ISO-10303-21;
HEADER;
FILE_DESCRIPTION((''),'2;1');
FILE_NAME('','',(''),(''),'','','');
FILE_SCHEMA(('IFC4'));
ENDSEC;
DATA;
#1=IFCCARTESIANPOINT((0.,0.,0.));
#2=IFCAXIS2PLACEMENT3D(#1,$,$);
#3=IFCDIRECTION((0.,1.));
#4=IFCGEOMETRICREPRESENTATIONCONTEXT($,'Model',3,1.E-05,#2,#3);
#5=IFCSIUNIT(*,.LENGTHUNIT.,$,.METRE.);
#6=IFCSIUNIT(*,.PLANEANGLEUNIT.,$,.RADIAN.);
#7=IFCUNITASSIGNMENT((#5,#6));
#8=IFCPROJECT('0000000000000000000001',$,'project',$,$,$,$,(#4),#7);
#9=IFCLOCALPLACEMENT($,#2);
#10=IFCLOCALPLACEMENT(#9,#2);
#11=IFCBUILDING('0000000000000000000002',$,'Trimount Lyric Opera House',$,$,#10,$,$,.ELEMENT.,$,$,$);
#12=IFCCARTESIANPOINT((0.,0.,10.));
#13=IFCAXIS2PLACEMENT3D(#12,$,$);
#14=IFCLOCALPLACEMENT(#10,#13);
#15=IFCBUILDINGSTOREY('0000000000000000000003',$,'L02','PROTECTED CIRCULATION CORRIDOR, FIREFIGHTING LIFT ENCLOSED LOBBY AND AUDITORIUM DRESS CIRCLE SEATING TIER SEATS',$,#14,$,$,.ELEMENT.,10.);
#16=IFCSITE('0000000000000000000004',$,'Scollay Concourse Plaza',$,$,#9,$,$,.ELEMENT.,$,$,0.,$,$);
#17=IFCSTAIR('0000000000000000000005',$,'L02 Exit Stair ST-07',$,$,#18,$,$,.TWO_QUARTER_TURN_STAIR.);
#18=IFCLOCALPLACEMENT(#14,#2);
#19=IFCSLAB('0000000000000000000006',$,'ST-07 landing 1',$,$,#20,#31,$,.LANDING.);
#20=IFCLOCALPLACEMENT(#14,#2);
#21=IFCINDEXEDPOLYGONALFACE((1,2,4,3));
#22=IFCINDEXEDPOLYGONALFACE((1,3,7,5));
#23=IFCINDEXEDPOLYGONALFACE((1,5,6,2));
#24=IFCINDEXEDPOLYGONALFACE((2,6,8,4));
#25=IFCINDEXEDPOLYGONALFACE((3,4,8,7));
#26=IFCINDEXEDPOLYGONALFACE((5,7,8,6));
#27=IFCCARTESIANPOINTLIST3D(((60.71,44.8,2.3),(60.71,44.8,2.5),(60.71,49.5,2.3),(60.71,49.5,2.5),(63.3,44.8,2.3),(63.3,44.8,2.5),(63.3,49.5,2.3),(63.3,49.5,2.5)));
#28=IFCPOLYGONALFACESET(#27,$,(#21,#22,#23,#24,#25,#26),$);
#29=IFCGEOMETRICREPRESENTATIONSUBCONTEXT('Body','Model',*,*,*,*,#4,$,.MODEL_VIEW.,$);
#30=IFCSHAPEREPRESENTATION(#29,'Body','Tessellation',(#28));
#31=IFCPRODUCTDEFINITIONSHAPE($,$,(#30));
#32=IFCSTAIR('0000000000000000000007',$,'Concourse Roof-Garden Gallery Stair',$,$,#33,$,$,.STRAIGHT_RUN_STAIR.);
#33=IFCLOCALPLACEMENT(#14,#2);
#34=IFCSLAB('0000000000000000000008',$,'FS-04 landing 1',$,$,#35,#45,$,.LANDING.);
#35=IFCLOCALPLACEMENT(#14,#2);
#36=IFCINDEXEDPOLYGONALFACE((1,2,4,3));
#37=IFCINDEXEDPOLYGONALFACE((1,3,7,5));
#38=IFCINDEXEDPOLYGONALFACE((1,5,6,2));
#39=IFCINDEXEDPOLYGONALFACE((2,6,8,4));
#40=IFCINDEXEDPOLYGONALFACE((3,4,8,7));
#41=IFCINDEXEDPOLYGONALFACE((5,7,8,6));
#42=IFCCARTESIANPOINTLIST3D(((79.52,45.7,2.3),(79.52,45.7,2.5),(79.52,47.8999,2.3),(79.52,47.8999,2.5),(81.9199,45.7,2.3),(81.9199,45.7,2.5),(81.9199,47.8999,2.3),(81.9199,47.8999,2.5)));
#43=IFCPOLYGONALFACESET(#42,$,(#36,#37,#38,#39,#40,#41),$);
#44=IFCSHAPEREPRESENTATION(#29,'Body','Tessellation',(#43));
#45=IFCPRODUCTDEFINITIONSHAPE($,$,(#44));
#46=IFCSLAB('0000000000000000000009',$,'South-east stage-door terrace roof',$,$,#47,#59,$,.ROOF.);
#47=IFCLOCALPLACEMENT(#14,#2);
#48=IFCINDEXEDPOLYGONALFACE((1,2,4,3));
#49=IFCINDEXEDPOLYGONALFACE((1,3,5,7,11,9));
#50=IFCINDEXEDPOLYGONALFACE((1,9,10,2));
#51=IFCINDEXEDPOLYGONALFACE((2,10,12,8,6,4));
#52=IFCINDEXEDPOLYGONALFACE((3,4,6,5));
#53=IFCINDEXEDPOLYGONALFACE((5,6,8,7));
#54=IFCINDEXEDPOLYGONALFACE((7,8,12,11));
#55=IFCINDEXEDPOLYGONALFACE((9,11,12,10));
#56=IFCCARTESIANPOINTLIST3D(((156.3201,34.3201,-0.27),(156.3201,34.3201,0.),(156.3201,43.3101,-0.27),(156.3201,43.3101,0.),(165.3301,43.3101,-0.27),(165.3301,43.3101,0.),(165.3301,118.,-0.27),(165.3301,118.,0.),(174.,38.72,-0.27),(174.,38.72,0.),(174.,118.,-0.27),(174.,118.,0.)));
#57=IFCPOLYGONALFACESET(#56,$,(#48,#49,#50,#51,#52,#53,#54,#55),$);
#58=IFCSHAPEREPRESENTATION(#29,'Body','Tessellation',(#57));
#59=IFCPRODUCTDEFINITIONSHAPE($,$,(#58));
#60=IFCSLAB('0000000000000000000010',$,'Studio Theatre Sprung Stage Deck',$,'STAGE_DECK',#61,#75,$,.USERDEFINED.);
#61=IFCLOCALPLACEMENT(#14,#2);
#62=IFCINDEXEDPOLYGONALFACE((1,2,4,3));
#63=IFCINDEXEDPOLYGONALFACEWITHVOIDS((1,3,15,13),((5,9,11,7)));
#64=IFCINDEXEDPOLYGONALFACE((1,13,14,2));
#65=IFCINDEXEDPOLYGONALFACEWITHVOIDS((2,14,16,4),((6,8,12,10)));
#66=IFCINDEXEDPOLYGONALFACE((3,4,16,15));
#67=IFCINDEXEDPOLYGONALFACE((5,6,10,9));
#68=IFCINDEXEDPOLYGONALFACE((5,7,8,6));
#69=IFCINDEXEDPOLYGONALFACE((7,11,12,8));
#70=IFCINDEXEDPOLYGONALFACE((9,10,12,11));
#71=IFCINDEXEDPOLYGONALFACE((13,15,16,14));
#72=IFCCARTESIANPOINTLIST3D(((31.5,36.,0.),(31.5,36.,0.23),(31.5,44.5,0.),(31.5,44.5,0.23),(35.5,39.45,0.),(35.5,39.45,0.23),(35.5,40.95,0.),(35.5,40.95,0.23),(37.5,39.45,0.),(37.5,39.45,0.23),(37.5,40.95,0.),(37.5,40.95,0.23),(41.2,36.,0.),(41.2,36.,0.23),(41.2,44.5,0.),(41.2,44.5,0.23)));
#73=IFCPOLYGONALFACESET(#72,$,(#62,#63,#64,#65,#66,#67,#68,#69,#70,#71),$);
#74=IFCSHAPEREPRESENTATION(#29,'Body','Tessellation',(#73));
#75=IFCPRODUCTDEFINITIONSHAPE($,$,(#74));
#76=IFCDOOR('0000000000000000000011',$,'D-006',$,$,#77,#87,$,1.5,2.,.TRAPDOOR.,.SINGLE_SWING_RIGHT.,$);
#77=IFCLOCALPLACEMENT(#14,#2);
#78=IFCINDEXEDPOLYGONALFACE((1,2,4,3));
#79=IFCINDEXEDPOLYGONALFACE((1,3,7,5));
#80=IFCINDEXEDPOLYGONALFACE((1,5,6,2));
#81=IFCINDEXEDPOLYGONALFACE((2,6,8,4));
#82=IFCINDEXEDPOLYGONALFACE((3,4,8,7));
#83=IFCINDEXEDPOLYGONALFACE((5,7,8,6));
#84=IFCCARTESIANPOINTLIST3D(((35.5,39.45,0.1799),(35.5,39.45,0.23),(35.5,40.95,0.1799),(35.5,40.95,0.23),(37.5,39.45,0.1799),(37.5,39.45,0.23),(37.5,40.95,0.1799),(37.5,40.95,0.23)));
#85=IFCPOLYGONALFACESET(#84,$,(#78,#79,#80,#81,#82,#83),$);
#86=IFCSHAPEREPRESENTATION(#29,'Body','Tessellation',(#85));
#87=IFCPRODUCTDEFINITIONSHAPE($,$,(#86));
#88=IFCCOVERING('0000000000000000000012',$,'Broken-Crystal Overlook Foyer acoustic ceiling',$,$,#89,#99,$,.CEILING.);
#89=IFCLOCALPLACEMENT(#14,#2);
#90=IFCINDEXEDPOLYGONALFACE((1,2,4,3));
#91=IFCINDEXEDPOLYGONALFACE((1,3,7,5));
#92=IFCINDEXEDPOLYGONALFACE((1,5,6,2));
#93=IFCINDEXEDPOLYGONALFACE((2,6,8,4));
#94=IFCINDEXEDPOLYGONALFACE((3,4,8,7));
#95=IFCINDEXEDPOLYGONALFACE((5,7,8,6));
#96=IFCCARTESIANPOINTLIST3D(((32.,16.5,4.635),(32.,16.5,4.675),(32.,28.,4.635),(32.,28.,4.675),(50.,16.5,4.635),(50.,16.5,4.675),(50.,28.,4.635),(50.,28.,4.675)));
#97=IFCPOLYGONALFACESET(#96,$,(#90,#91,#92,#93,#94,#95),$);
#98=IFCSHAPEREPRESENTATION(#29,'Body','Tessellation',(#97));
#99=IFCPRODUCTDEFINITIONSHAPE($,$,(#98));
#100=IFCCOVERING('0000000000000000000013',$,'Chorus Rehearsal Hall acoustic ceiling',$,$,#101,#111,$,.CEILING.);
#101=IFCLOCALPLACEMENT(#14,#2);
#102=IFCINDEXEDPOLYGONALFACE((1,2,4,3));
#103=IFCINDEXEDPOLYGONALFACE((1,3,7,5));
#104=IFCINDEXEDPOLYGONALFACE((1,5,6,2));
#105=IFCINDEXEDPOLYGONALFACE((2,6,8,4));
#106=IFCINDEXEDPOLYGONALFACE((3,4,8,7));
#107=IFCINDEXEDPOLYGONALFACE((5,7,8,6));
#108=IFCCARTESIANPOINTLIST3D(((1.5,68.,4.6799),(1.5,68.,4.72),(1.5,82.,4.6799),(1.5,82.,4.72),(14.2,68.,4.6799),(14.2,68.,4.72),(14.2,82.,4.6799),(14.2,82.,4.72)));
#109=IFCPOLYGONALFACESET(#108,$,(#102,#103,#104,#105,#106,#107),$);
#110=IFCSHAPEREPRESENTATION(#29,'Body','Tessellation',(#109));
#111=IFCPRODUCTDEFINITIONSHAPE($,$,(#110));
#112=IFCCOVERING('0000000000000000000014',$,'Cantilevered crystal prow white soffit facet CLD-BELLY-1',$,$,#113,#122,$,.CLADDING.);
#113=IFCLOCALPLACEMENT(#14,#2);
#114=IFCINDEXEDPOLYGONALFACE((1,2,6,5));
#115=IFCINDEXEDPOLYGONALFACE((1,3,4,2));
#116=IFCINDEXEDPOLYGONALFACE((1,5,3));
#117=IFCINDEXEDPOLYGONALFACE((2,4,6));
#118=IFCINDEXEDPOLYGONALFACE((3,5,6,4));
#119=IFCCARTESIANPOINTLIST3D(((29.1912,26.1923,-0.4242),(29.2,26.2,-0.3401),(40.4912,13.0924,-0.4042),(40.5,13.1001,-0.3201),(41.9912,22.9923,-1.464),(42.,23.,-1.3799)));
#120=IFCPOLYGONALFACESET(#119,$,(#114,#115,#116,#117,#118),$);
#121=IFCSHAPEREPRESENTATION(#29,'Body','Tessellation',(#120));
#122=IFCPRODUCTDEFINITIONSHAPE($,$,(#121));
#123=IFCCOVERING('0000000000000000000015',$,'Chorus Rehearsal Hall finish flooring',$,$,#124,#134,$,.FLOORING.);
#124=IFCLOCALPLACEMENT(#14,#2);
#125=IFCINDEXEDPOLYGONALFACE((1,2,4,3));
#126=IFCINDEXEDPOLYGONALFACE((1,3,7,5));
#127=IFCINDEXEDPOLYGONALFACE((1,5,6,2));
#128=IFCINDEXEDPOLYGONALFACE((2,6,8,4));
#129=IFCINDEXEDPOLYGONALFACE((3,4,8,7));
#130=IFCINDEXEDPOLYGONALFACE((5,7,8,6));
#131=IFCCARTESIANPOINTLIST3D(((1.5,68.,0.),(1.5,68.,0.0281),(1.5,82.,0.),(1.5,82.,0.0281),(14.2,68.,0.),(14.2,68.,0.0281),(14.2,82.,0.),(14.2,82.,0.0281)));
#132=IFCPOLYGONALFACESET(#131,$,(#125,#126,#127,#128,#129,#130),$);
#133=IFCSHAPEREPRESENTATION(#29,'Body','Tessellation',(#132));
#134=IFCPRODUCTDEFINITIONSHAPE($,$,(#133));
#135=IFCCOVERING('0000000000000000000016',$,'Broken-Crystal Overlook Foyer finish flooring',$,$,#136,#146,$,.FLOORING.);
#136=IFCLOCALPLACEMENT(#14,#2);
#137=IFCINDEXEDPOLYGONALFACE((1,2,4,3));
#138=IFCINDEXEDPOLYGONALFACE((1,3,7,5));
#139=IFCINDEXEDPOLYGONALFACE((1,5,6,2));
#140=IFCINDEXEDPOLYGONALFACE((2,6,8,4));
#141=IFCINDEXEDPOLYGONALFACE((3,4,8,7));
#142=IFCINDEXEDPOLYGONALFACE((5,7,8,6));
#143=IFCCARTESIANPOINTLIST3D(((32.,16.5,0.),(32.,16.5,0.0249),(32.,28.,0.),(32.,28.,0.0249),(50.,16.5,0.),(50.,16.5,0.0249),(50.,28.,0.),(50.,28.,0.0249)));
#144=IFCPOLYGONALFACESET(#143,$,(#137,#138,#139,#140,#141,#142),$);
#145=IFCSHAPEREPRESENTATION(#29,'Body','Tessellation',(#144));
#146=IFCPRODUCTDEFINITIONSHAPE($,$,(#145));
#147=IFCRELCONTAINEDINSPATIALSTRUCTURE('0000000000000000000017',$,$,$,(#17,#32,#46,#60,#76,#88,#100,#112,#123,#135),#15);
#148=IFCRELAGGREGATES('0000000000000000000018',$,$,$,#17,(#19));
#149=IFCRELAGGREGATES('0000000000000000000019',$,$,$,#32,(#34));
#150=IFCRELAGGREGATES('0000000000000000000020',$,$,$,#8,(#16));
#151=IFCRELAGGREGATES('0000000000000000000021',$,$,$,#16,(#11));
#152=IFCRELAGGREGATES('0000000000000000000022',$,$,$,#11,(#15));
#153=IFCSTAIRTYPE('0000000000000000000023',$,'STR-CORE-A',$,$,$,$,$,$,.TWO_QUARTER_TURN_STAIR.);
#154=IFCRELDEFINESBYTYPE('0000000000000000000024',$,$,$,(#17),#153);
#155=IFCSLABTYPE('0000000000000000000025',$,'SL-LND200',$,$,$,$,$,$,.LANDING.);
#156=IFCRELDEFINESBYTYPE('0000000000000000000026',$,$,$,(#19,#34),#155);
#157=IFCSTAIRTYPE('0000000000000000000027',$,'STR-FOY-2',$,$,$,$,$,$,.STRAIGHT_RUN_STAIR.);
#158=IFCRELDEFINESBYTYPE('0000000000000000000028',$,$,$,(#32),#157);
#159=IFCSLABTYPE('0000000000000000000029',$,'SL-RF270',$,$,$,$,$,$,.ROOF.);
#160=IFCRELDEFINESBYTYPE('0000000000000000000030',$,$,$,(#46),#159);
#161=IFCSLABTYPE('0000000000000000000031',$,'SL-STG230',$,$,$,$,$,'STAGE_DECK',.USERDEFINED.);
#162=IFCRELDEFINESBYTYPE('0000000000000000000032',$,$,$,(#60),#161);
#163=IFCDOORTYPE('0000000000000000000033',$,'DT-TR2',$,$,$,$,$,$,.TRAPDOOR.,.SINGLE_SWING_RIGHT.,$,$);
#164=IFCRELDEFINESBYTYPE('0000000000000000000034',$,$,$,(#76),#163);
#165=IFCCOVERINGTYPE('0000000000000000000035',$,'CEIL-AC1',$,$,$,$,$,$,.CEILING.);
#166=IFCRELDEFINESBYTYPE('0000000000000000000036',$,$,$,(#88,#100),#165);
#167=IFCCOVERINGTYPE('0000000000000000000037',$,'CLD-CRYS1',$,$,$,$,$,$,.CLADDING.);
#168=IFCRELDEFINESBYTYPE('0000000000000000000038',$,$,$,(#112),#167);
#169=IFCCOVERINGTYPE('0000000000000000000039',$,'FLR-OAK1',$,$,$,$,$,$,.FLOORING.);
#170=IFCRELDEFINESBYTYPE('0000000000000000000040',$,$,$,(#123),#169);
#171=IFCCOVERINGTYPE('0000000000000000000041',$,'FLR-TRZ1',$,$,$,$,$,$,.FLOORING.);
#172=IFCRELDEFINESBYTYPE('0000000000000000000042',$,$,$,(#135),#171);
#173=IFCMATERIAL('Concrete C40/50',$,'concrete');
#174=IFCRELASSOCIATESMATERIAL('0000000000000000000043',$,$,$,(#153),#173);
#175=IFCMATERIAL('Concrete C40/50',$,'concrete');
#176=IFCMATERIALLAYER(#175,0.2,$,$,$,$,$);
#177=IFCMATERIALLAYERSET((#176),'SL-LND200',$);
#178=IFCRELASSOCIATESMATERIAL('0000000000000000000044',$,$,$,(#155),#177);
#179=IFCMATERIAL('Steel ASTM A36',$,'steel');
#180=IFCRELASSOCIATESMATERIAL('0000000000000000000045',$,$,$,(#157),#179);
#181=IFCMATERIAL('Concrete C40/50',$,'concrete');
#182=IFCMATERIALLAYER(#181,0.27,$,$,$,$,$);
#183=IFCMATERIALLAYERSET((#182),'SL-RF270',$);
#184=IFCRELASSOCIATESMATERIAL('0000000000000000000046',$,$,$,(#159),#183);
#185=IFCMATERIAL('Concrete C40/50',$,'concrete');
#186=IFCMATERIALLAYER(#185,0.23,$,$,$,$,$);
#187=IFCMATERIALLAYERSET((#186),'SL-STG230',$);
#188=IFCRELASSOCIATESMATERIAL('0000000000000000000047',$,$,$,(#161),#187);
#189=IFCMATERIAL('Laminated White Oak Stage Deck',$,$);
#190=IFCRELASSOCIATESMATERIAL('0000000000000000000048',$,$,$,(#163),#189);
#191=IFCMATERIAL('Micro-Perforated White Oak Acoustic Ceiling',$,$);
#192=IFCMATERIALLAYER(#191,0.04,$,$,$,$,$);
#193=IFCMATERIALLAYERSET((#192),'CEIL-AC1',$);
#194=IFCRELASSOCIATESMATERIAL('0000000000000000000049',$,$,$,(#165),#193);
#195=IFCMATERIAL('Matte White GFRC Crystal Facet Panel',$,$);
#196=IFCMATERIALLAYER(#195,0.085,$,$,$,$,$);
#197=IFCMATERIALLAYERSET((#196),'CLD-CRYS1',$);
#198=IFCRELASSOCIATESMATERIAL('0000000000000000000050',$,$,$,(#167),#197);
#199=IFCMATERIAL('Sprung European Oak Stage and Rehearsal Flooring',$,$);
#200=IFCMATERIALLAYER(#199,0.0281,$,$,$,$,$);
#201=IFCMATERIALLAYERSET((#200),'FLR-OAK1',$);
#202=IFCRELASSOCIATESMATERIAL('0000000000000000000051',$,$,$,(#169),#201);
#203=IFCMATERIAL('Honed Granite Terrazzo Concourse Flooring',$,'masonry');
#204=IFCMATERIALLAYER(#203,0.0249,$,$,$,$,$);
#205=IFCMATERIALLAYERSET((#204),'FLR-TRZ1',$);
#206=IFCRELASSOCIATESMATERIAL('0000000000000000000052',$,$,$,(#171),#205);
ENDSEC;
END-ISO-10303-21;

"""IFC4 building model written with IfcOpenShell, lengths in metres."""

from ifc_helpers import new_model, si_unit, direction, frame, origin, origin_2d, place, context, subcontext, project, spatial, polyline, rectangle, outline, extrude, material, layer, layer_set, type_object, element, fill, aggregate, save


model = new_model("IFC4")

# Units and contexts
model_context = context("Model", 3, precision=1e-05, world=origin(), true_north=direction((0.0, 1.0)))
body_context = subcontext(model_context, "Body", "Model", "MODEL_VIEW")
ifc_project = project(units=[si_unit("LENGTHUNIT", "METRE"), si_unit("PLANEANGLEUNIT", "RADIAN")], contexts=[model_context])

# Site, building, storey
site_placement = place(None, origin())
site = spatial("IfcSite", under=ifc_project, at=site_placement, Name="Scollay Concourse Plaza", CompositionType="ELEMENT", RefElevation=0.0)
building_placement = place(site_placement, origin())
building = spatial("IfcBuilding", under=site, at=building_placement, Name="Trimount Lyric Opera House", CompositionType="ELEMENT")
storey_placement = place(building_placement, frame((0.0, 0.0, 10.0)))
storey = spatial("IfcBuildingStorey", under=building, at=storey_placement, Name="L02", Description="PROTECTED CIRCULATION CORRIDOR, FIREFIGHTING LIFT ENCLOSED LOBBY AND AUDITORIUM DRESS CIRCLE SEATING TIER SEATS", CompositionType="ELEMENT", Elevation=10.0)

# Stairs, slabs
ifc_material_1 = material(Name="Concrete C40/50", Category="concrete")
stair_type_1 = type_object("IfcStairType", Name="STR-CORE-A", PredefinedType="TWO_QUARTER_TURN_STAIR", material=ifc_material_1)
ifc_material_2 = material(Name="Concrete C40/50", Category="concrete")
ifc_layer_1 = layer(ifc_material_2, 0.2)
ifc_layer_set_1 = layer_set([ifc_layer_1], Name="SL-LND200")
slab_type_1 = type_object("IfcSlabType", Name="SL-LND200", PredefinedType="LANDING", material=ifc_layer_set_1)
stair_1_placement = place(storey_placement, origin())
stair_1 = element("IfcStair", 1, at=stair_1_placement, inside=storey, type_object=stair_type_1, Name="L02 Exit Stair ST-07", PredefinedType="TWO_QUARTER_TURN_STAIR")
slab_1_placement = place(storey_placement, frame((0.0, 0.0, 2.3)))
slab_1 = element("IfcSlab", 2, at=slab_1_placement, type_object=slab_type_1, Name="ST-07 landing 1", PredefinedType="LANDING", context=body_context, shape_type="SweptSolid", body=[
    extrude(outline(polyline([(60.71, 44.8), (63.3, 44.8), (63.3, 49.5), (60.71, 49.5), (60.71, 44.8)])), origin(), (0.0, 0.0, 1.0), 0.2),
])
aggregate(stair_1, [slab_1])
ifc_material_3 = material(Name="Steel ASTM A36", Category="steel")
stair_type_2 = type_object("IfcStairType", Name="STR-FOY-2", PredefinedType="STRAIGHT_RUN_STAIR", material=ifc_material_3)
stair_2_placement = place(storey_placement, origin())
stair_2 = element("IfcStair", 3, at=stair_2_placement, inside=storey, type_object=stair_type_2, Name="Concourse Roof-Garden Gallery Stair", PredefinedType="STRAIGHT_RUN_STAIR")
slab_2_placement = place(storey_placement, frame((0.0, 0.0, 2.3)))
slab_2 = element("IfcSlab", 4, at=slab_2_placement, type_object=slab_type_1, Name="FS-04 landing 1", PredefinedType="LANDING", context=body_context, shape_type="SweptSolid", body=[
    extrude(outline(polyline([(79.52, 45.7), (81.9199, 45.7), (81.9199, 47.8999), (79.52, 47.8999), (79.52, 45.7)])), origin(), (0.0, 0.0, 1.0), 0.2),
])
aggregate(stair_2, [slab_2])

# Slab
ifc_material_4 = material(Name="Concrete C40/50", Category="concrete")
ifc_layer_2 = layer(ifc_material_4, 0.27)
ifc_layer_set_2 = layer_set([ifc_layer_2], Name="SL-RF270")
slab_type_2 = type_object("IfcSlabType", Name="SL-RF270", PredefinedType="ROOF", material=ifc_layer_set_2)
slab_3_placement = place(storey_placement, frame((0.0, 0.0, -0.27)))
element("IfcSlab", 5, at=slab_3_placement, inside=storey, type_object=slab_type_2, Name="South-east stage-door terrace roof", PredefinedType="ROOF", context=body_context, shape_type="SweptSolid", body=[
    extrude(outline(polyline([(156.3201, 43.3101), (165.3301, 43.3101), (165.3301, 118.0), (174.0, 118.0), (174.0, 38.72), (156.3201, 34.3201), (156.3201, 43.3101)])), origin(), (0.0, 0.0, 1.0), 0.27),
])

# Slab, opening, door
ifc_material_5 = material(Name="Concrete C40/50", Category="concrete")
ifc_layer_3 = layer(ifc_material_5, 0.23)
ifc_layer_set_3 = layer_set([ifc_layer_3], Name="SL-STG230")
slab_type_3 = type_object("IfcSlabType", Name="SL-STG230", ElementType="STAGE_DECK", PredefinedType="USERDEFINED", material=ifc_layer_set_3)
slab_4_placement = place(storey_placement, origin())
slab_4 = element("IfcSlab", 6, at=slab_4_placement, inside=storey, type_object=slab_type_3, Name="Studio Theatre Sprung Stage Deck", ObjectType="STAGE_DECK", PredefinedType="USERDEFINED", context=body_context, shape_type="SweptSolid", body=[
    extrude(outline(polyline([(31.5, 36.0), (41.2, 36.0), (41.2, 44.5), (31.5, 44.5), (31.5, 36.0)])), origin(), (0.0, 0.0, 1.0), 0.23),
])
opening_placement = place(slab_4_placement, frame((36.5, 40.2, 0.0)))
opening = element("IfcOpeningElement", 7, at=opening_placement, cuts=slab_4, PredefinedType="OPENING", context=body_context, shape_type="SweptSolid", body=[
    extrude(rectangle(XDim=2.0, YDim=1.5, at=origin_2d()), frame((0.0, 0.0, -0.01)), (0.0, 0.0, 1.0), 0.25),
])
ifc_material_6 = material(Name="Laminated White Oak Stage Deck")
door_type = type_object("IfcDoorType", Name="DT-TR2", OperationType="SINGLE_SWING_RIGHT", PredefinedType="TRAPDOOR", material=ifc_material_6)
door_placement = place(opening_placement, frame((0.0, 0.0, 0.1799)))
door = element("IfcDoor", 8, at=door_placement, inside=storey, type_object=door_type, Name="D-006", OperationType="SINGLE_SWING_RIGHT", OverallHeight=1.5, OverallWidth=2.0, PredefinedType="TRAPDOOR", context=body_context, shape_type="SweptSolid", body=[
    extrude(rectangle(XDim=2.0, YDim=1.5, at=origin_2d()), origin(), (0.0, 0.0, 1.0), 0.05),
])
fill(opening, door)

# Coverings
ifc_material_7 = material(Name="Micro-Perforated White Oak Acoustic Ceiling")
ifc_layer_4 = layer(ifc_material_7, 0.04)
ifc_layer_set_4 = layer_set([ifc_layer_4], Name="CEIL-AC1")
covering_type_1 = type_object("IfcCoveringType", Name="CEIL-AC1", PredefinedType="CEILING", material=ifc_layer_set_4)
covering_1_placement = place(storey_placement, frame((0.0, 0.0, 4.635)))
element("IfcCovering", 9, at=covering_1_placement, inside=storey, type_object=covering_type_1, Name="Broken-Crystal Overlook Foyer acoustic ceiling", PredefinedType="CEILING", context=body_context, shape_type="SweptSolid", body=[
    extrude(outline(polyline([(32.0, 16.5), (50.0, 16.5), (50.0, 28.0), (32.0, 28.0), (32.0, 16.5)])), origin(), (0.0, 0.0, 1.0), 0.04),
])
covering_2_placement = place(storey_placement, frame((0.0, 0.0, 4.6799)))
element("IfcCovering", 10, at=covering_2_placement, inside=storey, type_object=covering_type_1, Name="Chorus Rehearsal Hall acoustic ceiling", PredefinedType="CEILING", context=body_context, shape_type="SweptSolid", body=[
    extrude(outline(polyline([(1.5, 68.0), (14.2, 68.0), (14.2, 82.0), (1.5, 82.0), (1.5, 68.0)])), origin(), (0.0, 0.0, 1.0), 0.04),
])
ifc_material_8 = material(Name="Matte White GFRC Crystal Facet Panel")
ifc_layer_5 = layer(ifc_material_8, 0.085)
ifc_layer_set_5 = layer_set([ifc_layer_5], Name="CLD-CRYS1")
covering_type_2 = type_object("IfcCoveringType", Name="CLD-CRYS1", PredefinedType="CLADDING", material=ifc_layer_set_5)
covering_3_placement = place(storey_placement, frame((29.2, 26.2, -0.3401), z_axis=(0.103072, 0.090425, 0.990555), x_axis=(0.653174, -0.757207, 0.001157)))
element("IfcCovering", 11, at=covering_3_placement, inside=storey, type_object=covering_type_2, Name="Cantilevered crystal prow white soffit facet CLD-BELLY-1", PredefinedType="CLADDING", context=body_context, shape_type="SweptSolid", body=[
    extrude(outline(polyline([(0.0, 0.0), (17.3002, 0.0), (10.7825, 7.6747), (0.0, 0.0)])), origin(), (0.0, 0.0, -1.0), 0.085),
])
ifc_material_9 = material(Name="Sprung European Oak Stage and Rehearsal Flooring")
ifc_layer_6 = layer(ifc_material_9, 0.0281)
ifc_layer_set_6 = layer_set([ifc_layer_6], Name="FLR-OAK1")
covering_type_3 = type_object("IfcCoveringType", Name="FLR-OAK1", PredefinedType="FLOORING", material=ifc_layer_set_6)
covering_4_placement = place(storey_placement, origin())
element("IfcCovering", 12, at=covering_4_placement, inside=storey, type_object=covering_type_3, Name="Chorus Rehearsal Hall finish flooring", PredefinedType="FLOORING", context=body_context, shape_type="SweptSolid", body=[
    extrude(outline(polyline([(1.5, 68.0), (14.2, 68.0), (14.2, 82.0), (1.5, 82.0), (1.5, 68.0)])), origin(), (0.0, 0.0, 1.0), 0.0281),
])
ifc_material_10 = material(Name="Honed Granite Terrazzo Concourse Flooring", Category="masonry")
ifc_layer_7 = layer(ifc_material_10, 0.0249)
ifc_layer_set_7 = layer_set([ifc_layer_7], Name="FLR-TRZ1")
covering_type_4 = type_object("IfcCoveringType", Name="FLR-TRZ1", PredefinedType="FLOORING", material=ifc_layer_set_7)
covering_5_placement = place(storey_placement, origin())
element("IfcCovering", 13, at=covering_5_placement, inside=storey, type_object=covering_type_4, Name="Broken-Crystal Overlook Foyer finish flooring", PredefinedType="FLOORING", context=body_context, shape_type="SweptSolid", body=[
    extrude(outline(polyline([(32.0, 16.5), (50.0, 16.5), (50.0, 28.0), (32.0, 28.0), (32.0, 16.5)])), origin(), (0.0, 0.0, 1.0), 0.0249),
])

save(model, "model.ifc")
